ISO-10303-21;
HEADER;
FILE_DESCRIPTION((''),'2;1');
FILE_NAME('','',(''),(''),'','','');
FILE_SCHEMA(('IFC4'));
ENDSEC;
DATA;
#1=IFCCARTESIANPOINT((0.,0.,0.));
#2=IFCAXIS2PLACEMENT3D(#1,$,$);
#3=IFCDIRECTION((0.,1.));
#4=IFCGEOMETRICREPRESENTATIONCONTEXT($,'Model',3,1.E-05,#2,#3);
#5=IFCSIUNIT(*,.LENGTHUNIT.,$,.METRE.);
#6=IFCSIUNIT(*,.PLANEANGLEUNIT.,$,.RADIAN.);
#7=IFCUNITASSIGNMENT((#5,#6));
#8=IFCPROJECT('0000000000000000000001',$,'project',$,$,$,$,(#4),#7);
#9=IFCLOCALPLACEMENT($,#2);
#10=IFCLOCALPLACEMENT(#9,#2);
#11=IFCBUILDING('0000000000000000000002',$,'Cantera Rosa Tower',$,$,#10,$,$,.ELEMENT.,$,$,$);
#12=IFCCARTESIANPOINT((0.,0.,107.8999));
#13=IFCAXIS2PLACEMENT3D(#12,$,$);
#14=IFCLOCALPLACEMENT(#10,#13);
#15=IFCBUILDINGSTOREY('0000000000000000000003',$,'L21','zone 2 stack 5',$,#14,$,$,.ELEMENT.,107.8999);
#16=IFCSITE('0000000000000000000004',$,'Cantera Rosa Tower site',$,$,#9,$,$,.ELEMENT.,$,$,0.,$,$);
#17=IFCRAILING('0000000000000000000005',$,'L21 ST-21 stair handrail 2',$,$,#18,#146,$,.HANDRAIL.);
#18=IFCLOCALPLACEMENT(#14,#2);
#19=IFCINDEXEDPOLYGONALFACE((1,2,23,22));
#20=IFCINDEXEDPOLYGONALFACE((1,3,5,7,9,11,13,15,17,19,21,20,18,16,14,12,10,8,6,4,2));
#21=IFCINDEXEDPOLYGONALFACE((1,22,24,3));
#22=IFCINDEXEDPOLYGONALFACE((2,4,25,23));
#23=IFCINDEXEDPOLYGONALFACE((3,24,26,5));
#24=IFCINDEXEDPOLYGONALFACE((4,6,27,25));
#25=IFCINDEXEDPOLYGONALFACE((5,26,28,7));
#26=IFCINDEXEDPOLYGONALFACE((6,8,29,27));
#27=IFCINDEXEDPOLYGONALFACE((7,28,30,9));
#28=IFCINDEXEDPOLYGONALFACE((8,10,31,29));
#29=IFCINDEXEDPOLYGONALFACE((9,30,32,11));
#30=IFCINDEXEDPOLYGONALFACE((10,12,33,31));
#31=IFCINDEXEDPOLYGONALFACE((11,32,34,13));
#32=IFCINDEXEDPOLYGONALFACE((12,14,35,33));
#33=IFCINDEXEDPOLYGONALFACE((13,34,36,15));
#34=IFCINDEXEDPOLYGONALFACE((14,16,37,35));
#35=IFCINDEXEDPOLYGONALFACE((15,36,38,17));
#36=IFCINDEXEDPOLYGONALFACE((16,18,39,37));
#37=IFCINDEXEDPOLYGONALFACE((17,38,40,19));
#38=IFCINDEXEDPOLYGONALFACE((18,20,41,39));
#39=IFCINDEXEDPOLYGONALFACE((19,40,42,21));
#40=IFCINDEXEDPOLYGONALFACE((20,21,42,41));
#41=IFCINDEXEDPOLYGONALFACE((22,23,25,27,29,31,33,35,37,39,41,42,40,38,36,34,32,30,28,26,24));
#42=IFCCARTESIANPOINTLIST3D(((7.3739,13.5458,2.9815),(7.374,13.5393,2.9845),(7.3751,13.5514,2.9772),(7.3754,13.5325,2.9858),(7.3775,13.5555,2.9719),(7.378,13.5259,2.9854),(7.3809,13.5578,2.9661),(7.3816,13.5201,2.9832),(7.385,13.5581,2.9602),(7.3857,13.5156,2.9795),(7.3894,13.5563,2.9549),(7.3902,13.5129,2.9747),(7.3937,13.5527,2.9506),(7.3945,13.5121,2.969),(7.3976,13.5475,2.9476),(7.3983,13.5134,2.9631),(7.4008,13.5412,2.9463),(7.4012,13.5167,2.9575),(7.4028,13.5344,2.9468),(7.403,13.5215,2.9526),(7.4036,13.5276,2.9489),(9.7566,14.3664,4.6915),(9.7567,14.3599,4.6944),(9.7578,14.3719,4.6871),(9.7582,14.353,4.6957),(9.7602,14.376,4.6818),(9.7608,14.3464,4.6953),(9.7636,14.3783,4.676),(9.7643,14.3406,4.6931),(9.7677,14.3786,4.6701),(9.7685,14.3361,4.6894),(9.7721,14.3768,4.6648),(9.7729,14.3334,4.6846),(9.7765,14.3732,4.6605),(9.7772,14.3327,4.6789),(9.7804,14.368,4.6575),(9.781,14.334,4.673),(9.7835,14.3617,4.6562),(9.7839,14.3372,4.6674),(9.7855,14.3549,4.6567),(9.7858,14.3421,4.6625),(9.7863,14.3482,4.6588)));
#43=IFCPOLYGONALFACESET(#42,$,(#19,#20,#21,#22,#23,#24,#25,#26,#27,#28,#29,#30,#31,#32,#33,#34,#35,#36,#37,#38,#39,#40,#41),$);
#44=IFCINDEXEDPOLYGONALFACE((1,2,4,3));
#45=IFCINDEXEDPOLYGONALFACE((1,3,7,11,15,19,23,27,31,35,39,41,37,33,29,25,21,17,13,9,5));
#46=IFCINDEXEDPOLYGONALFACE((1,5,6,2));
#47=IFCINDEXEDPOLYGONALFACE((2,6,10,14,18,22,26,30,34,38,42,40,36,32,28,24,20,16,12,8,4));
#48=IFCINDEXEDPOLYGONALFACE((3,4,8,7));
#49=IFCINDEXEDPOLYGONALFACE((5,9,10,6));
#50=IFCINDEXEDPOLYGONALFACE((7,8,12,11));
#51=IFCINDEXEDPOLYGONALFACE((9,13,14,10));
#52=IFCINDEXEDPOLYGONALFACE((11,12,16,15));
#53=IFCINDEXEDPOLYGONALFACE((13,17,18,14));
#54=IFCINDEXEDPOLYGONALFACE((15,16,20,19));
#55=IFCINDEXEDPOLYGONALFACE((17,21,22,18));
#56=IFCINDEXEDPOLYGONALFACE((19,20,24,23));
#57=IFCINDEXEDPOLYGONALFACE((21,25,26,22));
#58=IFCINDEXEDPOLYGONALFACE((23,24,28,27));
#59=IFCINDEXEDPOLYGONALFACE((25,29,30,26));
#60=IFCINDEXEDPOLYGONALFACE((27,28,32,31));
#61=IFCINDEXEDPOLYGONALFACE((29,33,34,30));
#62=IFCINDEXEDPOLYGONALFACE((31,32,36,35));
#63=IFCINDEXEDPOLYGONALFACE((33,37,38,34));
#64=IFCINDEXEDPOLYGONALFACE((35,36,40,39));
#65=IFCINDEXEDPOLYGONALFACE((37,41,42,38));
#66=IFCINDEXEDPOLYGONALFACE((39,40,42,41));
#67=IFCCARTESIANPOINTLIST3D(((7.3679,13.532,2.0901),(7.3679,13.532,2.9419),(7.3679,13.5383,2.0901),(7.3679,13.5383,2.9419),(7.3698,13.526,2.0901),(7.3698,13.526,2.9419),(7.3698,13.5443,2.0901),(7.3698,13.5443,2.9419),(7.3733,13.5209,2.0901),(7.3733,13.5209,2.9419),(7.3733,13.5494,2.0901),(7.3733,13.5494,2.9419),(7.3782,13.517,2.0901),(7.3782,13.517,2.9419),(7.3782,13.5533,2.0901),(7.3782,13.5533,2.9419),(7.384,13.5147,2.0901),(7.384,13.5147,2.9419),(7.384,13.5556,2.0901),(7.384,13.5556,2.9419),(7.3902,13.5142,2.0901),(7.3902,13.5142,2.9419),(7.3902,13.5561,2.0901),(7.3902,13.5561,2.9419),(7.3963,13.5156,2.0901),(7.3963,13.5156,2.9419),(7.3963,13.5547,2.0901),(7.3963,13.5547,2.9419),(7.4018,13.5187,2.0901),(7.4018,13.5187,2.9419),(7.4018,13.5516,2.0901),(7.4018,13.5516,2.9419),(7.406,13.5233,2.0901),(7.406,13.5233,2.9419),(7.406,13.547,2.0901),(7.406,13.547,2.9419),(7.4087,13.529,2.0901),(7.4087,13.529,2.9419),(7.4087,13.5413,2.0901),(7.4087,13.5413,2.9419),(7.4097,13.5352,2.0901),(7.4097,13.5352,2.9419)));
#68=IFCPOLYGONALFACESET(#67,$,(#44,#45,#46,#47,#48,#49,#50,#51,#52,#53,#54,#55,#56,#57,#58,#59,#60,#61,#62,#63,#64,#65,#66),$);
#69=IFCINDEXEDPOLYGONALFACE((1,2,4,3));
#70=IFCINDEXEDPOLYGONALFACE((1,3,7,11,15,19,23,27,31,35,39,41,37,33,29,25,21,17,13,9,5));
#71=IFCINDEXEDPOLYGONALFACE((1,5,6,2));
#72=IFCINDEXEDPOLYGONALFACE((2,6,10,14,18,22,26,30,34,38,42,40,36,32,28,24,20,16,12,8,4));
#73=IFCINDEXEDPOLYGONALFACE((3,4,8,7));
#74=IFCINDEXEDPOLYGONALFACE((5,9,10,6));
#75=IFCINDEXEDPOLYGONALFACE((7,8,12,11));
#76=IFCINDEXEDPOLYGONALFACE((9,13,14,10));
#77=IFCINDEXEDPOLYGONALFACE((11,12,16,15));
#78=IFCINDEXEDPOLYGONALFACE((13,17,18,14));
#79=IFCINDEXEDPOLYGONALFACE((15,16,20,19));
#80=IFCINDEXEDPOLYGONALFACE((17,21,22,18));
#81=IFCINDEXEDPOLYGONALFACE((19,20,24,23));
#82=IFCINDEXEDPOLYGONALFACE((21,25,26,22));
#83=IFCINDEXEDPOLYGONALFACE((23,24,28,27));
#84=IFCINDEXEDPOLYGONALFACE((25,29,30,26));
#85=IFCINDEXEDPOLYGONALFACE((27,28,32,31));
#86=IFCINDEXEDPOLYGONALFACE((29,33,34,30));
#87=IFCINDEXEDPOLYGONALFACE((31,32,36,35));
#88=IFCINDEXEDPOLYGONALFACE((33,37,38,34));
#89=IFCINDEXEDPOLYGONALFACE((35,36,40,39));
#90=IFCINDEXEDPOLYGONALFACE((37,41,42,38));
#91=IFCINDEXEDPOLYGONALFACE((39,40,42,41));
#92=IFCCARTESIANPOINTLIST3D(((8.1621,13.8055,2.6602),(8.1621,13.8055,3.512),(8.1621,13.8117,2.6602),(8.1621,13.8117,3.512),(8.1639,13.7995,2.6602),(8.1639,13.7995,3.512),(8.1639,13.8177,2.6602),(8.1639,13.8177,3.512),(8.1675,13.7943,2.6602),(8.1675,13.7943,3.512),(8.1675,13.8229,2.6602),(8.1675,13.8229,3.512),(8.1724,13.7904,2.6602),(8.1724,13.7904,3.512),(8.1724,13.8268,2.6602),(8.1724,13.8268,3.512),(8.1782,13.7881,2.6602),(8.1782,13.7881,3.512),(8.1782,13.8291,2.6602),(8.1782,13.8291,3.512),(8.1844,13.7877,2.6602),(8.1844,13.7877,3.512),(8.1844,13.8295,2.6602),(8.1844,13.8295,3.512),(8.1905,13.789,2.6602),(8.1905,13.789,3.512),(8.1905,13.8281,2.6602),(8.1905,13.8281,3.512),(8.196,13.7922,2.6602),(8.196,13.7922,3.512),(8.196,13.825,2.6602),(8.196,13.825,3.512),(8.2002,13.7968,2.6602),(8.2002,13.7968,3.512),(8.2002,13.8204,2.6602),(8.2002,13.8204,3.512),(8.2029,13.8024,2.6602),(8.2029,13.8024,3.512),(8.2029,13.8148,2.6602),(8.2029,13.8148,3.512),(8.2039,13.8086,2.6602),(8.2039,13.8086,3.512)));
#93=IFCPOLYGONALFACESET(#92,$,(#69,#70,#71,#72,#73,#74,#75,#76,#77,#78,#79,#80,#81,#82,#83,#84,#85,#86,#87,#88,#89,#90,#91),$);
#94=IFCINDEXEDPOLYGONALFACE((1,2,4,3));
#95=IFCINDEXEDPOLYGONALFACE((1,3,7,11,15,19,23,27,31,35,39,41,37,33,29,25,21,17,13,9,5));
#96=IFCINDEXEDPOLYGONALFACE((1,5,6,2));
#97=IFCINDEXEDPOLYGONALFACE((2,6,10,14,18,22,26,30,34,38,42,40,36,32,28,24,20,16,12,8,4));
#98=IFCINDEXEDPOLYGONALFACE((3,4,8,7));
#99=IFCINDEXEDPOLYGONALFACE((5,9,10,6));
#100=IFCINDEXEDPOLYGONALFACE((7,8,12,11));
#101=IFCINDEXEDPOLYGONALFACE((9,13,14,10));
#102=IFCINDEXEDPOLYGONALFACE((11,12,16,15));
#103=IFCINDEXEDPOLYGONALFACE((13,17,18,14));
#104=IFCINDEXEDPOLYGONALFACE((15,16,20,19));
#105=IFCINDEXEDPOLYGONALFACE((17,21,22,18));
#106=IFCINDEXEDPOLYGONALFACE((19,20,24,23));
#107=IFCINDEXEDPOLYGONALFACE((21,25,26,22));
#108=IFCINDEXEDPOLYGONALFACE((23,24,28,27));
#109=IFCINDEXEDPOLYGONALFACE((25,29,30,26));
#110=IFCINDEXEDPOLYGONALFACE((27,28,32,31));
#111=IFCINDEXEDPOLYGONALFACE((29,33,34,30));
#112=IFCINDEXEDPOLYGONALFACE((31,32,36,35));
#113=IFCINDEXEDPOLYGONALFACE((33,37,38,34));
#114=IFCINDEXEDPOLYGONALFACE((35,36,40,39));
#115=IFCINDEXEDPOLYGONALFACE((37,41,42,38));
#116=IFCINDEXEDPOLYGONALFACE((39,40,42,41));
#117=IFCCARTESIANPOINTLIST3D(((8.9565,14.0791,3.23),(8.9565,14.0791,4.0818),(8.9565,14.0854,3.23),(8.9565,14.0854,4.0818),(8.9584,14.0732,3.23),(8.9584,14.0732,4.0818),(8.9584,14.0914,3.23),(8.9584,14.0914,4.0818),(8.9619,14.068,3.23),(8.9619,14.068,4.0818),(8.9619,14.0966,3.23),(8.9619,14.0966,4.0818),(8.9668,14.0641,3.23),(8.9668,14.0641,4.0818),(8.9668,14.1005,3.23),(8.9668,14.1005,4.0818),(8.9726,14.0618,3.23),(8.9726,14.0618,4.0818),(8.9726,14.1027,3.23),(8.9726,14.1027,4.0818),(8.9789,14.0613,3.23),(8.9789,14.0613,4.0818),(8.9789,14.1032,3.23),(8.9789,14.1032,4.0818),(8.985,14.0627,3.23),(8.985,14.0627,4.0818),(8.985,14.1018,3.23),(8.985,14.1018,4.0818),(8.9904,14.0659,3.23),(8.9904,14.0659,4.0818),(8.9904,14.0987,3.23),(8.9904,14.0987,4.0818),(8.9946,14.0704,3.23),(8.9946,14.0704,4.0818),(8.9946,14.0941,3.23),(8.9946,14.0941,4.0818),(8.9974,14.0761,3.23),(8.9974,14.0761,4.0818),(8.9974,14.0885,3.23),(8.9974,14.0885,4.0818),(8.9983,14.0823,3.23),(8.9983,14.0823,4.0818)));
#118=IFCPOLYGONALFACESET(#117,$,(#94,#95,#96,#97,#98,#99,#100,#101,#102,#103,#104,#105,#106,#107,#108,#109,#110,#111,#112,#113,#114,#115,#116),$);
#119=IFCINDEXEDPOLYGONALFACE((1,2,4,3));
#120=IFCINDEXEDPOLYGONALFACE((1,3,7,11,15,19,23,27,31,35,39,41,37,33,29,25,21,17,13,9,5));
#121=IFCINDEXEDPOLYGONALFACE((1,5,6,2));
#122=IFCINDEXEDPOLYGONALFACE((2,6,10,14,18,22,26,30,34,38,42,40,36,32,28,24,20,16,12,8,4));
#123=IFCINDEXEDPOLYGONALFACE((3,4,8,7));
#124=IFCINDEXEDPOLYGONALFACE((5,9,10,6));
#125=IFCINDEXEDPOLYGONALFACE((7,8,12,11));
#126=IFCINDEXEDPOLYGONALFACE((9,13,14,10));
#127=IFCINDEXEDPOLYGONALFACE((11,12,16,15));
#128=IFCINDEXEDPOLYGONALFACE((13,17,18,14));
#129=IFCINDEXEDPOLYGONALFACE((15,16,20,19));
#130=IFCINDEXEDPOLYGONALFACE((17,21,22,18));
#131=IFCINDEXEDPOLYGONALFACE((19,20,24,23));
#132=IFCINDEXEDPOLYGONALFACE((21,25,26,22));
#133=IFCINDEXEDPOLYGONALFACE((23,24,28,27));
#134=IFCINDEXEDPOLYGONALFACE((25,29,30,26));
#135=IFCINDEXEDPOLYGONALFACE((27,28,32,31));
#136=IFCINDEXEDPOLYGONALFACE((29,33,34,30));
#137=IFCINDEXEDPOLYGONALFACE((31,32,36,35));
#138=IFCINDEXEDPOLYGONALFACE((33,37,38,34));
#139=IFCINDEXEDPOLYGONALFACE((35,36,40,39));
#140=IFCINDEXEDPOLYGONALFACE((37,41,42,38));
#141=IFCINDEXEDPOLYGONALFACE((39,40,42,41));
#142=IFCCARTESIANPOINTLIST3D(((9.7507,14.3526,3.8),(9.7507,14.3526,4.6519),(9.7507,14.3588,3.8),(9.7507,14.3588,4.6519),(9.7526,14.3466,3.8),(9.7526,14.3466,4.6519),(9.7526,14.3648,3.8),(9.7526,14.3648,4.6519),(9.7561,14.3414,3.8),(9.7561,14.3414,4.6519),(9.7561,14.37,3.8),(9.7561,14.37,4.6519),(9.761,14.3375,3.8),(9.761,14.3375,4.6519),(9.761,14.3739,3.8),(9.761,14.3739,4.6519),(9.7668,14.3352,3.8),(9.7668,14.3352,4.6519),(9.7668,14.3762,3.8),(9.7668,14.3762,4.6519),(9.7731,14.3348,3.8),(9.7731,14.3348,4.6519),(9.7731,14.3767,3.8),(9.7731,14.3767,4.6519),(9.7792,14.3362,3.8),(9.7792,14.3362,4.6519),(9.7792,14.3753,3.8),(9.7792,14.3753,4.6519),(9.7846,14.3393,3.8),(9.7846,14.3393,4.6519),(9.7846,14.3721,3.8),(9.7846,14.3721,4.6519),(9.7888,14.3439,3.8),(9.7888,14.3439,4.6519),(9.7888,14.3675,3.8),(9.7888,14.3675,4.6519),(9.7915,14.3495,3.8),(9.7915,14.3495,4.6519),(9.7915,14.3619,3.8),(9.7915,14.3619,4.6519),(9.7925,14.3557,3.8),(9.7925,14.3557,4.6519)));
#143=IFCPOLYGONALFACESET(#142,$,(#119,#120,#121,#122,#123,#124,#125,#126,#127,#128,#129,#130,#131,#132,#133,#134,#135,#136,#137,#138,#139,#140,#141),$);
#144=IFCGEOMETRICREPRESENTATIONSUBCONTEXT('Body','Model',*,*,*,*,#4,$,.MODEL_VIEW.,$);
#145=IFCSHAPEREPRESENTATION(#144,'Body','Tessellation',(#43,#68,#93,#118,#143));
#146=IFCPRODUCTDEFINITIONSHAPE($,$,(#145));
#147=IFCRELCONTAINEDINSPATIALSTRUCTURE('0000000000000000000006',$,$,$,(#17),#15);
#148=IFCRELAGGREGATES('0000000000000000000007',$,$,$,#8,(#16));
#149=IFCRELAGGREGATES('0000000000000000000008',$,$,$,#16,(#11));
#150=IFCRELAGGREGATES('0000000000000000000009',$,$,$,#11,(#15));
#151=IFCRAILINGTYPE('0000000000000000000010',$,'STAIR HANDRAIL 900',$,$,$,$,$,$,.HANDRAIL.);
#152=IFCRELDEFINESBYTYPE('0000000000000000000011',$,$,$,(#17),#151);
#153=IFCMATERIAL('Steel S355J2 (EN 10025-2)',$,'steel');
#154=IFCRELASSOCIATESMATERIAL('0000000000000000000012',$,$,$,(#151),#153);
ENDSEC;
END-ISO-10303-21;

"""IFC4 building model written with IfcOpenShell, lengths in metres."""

from ifc_helpers import new_model, si_unit, direction, frame, origin, origin_2d, place, context, subcontext, project, spatial, circle, extrude, material, type_object, element, save


model = new_model("IFC4")

# Units and contexts
model_context = context("Model", 3, precision=1e-05, world=origin(), true_north=direction((0.0, 1.0)))
body_context = subcontext(model_context, "Body", "Model", "MODEL_VIEW")
ifc_project = project(units=[si_unit("LENGTHUNIT", "METRE"), si_unit("PLANEANGLEUNIT", "RADIAN")], contexts=[model_context])

# Site, building, storey
site_placement = place(None, origin())
site = spatial("IfcSite", under=ifc_project, at=site_placement, Name="Cantera Rosa Tower site", CompositionType="ELEMENT", RefElevation=0.0)
building_placement = place(site_placement, origin())
building = spatial("IfcBuilding", under=site, at=building_placement, Name="Cantera Rosa Tower", CompositionType="ELEMENT")
storey_placement = place(building_placement, frame((0.0, 0.0, 107.8999)))
storey = spatial("IfcBuildingStorey", under=building, at=storey_placement, Name="L21", Description="zone 2 stack 5", CompositionType="ELEMENT", Elevation=107.8999)

# Railing
ifc_material_1 = material(Name="Steel S355J2 (EN 10025-2)", Category="steel")
railing_type_1 = type_object("IfcRailingType", Name="STAIR HANDRAIL 900", PredefinedType="HANDRAIL", material=ifc_material_1)
railing_1_placement = place(storey_placement, frame((7.3887, 13.5352, 2.0901)))
element("IfcRailing", 1, at=railing_1_placement, inside=storey, type_object=railing_type_1, Name="L21 ST-21 stair handrail 2", PredefinedType="HANDRAIL", context=body_context, shape_type="SweptSolid", body=[
    extrude(circle(Radius=0.0239, at=origin_2d()), frame((0.0, 0.0, 0.876), z_axis=(0.782404, 0.269432, 0.561471), x_axis=(-0.3256, 0.945508, 0.0)), (0.0, 0.0, 1.0), 3.0454),
    extrude(circle(Radius=0.021, at=origin_2d()), origin(), (0.0, 0.0, 1.0), 0.8518),
    extrude(circle(Radius=0.021, at=origin_2d()), frame((0.7942, 0.2734, 0.5701)), (0.0, 0.0, 1.0), 0.8518),
    extrude(circle(Radius=0.021, at=origin_2d()), frame((1.5886, 0.5471, 1.1399)), (0.0, 0.0, 1.0), 0.8518),
    extrude(circle(Radius=0.021, at=origin_2d()), frame((2.3828, 0.8206, 1.71)), (0.0, 0.0, 1.0), 0.8518),
])

save(model, "model.ifc")
